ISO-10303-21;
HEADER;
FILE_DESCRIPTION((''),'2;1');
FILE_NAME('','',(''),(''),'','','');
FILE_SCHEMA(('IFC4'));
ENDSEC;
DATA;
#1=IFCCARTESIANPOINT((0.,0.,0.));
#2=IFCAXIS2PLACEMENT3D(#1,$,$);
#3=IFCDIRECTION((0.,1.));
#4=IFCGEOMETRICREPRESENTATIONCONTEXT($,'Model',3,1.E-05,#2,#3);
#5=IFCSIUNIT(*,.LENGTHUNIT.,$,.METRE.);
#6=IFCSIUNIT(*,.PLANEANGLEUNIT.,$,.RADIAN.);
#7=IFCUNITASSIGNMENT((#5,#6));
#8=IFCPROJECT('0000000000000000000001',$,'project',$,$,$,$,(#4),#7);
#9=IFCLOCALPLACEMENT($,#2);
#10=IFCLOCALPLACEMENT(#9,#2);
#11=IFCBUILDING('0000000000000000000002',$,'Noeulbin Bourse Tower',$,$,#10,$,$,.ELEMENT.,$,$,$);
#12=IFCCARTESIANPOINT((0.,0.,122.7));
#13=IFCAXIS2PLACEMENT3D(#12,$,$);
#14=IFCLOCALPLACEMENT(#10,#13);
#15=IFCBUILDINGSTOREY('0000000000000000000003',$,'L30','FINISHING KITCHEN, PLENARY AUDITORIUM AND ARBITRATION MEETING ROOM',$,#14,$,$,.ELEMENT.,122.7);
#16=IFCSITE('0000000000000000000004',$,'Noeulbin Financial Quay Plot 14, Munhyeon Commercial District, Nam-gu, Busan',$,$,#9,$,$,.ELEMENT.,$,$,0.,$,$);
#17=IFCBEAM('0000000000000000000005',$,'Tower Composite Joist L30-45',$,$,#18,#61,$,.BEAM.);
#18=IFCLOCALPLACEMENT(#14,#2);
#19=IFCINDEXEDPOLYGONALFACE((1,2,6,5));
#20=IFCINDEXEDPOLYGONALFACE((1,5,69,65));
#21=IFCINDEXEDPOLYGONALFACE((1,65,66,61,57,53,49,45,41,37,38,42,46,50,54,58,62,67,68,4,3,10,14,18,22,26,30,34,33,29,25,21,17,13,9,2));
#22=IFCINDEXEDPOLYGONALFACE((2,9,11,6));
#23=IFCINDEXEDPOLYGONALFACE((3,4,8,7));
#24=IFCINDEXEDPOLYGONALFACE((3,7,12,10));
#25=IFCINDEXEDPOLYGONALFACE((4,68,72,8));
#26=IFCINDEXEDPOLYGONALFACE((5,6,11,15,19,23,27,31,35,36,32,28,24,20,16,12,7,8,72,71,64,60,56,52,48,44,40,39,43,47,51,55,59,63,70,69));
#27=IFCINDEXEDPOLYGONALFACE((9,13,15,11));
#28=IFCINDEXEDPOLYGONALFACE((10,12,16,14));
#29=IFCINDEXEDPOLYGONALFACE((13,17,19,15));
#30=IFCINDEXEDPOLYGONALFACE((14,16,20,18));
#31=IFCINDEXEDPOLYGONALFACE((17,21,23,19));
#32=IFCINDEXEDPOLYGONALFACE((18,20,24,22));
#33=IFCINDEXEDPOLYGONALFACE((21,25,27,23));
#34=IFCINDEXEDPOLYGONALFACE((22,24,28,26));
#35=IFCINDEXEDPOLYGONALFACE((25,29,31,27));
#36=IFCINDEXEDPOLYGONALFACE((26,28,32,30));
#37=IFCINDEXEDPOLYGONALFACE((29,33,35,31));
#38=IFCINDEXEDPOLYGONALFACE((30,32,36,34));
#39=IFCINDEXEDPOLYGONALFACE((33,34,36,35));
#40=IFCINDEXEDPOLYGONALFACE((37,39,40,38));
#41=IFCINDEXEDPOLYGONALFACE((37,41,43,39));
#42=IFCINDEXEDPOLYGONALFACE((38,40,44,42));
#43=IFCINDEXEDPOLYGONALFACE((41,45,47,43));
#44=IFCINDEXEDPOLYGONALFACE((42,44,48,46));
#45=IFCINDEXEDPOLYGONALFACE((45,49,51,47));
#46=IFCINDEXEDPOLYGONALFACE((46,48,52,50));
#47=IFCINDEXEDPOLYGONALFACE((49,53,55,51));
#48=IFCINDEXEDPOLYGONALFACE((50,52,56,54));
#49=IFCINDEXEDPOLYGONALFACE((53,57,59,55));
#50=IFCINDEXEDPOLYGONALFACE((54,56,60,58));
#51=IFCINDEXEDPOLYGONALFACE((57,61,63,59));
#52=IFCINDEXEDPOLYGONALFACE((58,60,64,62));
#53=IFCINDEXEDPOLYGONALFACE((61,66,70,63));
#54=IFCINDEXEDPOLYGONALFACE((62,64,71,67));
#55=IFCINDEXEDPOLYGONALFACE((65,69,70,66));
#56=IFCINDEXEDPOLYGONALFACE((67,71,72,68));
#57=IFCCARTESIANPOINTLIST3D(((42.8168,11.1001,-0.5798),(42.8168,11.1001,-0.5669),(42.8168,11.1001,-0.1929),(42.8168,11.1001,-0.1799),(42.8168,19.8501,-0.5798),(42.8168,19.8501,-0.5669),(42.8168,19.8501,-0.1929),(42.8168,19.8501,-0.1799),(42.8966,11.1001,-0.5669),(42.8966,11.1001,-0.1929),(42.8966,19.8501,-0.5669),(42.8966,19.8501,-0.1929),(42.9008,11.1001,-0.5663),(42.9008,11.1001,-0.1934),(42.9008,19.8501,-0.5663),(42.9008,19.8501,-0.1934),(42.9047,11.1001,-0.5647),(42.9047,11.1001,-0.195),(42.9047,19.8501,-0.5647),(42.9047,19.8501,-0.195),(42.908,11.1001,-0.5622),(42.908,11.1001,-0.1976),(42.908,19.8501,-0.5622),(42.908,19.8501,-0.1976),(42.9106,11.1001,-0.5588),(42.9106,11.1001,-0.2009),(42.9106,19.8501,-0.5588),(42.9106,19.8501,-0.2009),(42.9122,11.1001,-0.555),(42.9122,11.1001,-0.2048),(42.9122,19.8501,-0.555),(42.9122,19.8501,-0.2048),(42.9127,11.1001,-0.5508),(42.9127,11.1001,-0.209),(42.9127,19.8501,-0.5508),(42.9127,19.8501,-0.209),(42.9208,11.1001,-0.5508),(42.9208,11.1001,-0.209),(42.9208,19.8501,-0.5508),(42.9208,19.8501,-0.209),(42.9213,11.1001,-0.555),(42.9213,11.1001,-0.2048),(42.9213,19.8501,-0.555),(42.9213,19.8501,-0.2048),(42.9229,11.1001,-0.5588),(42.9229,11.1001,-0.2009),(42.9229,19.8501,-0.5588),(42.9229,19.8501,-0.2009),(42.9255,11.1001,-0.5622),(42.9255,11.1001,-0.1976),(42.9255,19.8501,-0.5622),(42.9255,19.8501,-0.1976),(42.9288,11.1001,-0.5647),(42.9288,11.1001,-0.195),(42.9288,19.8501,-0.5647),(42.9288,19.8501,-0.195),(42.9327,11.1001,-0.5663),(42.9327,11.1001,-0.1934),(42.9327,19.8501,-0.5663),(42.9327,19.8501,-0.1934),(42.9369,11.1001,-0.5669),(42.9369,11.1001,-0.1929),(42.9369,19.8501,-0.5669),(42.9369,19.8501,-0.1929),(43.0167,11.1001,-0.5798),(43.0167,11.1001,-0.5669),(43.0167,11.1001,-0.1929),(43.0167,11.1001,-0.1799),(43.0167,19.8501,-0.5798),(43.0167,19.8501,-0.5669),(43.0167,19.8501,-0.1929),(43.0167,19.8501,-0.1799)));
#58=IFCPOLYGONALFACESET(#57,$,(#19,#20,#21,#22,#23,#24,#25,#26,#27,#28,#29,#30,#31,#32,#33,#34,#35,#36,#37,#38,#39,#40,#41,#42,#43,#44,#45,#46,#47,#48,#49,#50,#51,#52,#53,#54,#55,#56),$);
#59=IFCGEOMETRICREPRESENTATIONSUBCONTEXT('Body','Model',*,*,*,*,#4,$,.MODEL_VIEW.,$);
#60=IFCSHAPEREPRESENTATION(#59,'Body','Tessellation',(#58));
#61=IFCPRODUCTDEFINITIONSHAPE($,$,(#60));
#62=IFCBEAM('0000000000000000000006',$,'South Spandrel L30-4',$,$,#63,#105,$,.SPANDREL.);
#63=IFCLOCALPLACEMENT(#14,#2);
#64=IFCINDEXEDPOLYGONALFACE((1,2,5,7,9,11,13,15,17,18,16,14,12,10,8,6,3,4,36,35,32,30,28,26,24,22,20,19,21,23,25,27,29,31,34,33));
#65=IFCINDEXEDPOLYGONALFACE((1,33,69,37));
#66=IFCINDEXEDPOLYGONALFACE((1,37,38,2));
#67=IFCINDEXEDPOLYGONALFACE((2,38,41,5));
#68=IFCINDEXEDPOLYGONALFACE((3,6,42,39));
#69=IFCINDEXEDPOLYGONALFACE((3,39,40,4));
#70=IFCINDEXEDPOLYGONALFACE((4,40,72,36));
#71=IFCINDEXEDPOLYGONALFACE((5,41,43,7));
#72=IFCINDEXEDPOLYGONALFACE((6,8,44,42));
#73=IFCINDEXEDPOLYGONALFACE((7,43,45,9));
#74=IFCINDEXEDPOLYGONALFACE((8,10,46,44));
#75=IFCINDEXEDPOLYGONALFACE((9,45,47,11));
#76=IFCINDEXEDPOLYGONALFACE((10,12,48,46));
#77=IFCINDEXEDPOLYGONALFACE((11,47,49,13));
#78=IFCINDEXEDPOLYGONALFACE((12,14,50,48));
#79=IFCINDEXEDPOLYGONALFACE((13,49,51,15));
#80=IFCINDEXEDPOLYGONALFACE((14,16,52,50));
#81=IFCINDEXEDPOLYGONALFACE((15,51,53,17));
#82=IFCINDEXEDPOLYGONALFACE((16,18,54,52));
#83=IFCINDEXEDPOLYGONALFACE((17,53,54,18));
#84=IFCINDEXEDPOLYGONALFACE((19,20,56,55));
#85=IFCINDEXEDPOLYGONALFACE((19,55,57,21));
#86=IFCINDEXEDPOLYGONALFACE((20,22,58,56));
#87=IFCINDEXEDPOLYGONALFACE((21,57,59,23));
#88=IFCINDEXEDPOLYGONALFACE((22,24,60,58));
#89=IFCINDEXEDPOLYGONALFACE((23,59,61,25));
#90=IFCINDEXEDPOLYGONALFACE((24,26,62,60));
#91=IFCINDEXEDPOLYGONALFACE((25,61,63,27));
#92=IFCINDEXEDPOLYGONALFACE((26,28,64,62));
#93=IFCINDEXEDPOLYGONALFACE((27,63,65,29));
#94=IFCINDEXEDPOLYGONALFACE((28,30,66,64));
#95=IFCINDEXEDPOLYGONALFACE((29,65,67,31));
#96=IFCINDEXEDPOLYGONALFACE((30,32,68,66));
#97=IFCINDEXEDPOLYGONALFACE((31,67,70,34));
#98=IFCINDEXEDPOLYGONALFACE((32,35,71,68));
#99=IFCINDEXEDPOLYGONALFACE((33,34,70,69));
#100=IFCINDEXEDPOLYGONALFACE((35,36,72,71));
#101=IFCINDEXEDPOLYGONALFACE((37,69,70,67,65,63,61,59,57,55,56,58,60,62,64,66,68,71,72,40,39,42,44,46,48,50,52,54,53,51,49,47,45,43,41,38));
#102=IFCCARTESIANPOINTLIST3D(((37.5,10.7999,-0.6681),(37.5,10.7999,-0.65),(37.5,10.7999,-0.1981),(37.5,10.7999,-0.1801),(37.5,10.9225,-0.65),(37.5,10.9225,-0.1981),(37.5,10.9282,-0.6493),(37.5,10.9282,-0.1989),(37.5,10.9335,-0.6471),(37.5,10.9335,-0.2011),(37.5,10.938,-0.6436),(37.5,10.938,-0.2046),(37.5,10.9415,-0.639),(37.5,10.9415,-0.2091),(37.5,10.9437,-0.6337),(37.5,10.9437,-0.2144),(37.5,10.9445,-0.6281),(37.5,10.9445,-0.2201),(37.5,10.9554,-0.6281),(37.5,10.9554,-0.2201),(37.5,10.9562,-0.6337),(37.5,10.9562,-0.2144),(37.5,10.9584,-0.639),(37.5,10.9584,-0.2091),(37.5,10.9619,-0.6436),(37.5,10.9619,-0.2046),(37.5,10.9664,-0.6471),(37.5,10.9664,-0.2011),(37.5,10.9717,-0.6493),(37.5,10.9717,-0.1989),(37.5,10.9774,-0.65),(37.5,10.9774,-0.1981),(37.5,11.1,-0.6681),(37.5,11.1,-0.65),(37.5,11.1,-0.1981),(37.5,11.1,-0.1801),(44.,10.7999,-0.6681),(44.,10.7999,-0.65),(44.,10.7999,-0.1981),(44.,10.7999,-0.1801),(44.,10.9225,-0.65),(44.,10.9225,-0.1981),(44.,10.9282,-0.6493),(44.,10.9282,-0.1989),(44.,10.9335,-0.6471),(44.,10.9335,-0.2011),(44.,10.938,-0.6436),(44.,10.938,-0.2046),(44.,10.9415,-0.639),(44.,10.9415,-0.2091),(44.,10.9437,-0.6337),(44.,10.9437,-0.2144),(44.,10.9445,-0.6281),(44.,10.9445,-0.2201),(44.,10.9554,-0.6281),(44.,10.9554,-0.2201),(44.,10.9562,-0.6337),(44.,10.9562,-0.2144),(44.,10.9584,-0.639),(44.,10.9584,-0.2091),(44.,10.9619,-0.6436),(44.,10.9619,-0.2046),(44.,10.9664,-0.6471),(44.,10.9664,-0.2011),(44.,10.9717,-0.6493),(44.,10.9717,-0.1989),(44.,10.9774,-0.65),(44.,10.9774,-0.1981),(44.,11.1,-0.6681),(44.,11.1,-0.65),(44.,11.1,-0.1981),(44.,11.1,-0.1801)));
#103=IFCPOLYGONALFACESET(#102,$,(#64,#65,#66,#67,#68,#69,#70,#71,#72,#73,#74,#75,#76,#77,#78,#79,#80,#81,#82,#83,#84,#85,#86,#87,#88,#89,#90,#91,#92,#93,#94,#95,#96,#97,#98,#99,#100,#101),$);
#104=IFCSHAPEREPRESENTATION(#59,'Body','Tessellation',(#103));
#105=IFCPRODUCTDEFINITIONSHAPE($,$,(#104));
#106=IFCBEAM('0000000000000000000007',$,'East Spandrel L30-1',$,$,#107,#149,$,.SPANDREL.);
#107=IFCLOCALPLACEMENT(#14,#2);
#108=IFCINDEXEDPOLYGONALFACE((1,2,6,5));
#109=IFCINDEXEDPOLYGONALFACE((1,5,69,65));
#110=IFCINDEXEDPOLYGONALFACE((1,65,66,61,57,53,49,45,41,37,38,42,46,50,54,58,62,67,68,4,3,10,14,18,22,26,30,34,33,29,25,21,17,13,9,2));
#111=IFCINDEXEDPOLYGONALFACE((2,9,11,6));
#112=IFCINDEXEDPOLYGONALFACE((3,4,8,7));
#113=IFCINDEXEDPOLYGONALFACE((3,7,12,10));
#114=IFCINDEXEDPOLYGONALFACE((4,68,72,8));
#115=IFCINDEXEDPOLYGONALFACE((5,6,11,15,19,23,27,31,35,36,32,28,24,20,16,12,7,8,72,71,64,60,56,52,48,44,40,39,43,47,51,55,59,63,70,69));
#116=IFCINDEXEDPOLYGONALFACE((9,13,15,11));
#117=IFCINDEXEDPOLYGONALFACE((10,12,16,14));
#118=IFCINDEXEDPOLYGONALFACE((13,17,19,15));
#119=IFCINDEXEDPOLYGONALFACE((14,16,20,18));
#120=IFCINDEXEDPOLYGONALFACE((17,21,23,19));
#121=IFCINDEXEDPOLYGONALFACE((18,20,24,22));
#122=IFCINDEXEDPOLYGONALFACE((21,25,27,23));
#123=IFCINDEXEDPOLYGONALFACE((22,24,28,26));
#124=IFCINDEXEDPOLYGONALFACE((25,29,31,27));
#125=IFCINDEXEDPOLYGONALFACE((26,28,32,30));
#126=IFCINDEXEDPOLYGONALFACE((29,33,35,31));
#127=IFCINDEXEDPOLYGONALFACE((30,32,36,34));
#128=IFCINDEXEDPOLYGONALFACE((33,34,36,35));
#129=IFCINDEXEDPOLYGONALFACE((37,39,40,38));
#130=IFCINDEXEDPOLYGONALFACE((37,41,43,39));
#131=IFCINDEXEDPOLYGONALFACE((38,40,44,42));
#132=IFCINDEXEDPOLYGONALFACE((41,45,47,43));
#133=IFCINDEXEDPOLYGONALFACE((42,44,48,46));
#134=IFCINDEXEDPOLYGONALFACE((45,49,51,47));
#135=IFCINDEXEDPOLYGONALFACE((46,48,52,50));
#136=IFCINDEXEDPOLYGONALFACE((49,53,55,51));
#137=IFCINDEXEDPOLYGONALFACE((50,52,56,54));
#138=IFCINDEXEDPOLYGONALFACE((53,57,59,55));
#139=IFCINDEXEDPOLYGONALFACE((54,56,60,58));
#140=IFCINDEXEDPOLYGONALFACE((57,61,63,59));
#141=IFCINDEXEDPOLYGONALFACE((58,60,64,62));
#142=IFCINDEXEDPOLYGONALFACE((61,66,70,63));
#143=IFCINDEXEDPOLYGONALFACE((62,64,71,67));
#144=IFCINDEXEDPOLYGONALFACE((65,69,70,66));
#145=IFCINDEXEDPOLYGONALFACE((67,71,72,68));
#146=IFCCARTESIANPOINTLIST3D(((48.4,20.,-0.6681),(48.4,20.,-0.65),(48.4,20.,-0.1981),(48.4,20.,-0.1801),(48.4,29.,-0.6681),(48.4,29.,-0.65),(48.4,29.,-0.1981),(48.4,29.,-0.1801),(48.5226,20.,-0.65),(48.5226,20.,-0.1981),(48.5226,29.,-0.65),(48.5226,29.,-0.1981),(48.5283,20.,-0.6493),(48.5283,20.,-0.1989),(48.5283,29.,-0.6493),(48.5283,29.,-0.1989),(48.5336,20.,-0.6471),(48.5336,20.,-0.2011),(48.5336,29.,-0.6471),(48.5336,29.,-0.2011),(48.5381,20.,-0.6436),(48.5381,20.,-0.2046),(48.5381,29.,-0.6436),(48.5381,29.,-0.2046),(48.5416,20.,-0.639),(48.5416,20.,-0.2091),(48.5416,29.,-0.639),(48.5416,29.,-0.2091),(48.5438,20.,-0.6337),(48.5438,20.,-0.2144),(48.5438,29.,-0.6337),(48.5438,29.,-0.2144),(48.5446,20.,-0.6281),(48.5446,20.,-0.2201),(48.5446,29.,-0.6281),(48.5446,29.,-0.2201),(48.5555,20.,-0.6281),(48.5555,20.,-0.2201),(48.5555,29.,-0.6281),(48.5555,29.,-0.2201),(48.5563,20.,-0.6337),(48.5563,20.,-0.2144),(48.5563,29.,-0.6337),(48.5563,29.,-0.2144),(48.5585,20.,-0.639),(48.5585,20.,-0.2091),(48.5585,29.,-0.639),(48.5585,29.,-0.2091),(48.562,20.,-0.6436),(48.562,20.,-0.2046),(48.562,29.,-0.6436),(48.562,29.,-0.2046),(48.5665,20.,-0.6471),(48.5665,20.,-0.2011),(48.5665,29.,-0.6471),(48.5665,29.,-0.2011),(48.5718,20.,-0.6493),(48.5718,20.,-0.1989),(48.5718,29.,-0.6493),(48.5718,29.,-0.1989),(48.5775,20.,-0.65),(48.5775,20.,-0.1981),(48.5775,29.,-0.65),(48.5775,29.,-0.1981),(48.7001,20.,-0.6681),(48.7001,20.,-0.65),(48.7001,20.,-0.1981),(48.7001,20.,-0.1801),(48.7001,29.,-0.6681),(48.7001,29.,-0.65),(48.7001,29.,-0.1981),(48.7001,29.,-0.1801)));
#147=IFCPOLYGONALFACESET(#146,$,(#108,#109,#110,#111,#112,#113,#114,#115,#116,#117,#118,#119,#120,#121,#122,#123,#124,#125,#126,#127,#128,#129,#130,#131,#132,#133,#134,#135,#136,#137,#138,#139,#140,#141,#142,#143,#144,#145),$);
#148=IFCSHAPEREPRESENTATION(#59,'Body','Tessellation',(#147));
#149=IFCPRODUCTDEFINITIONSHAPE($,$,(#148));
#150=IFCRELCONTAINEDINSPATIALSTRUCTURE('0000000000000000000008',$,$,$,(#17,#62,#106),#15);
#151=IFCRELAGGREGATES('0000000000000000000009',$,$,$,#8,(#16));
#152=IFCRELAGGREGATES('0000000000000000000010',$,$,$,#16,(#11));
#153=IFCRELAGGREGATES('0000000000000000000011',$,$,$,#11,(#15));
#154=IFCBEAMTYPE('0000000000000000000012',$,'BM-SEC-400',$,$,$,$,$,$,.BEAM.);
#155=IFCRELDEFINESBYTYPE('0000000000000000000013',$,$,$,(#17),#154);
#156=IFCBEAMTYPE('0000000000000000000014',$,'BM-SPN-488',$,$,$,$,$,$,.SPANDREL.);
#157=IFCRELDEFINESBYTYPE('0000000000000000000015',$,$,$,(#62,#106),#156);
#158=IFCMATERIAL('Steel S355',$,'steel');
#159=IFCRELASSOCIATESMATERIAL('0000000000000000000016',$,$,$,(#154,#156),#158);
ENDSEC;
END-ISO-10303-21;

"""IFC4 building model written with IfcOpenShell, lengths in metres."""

from ifc_helpers import new_model, si_unit, direction, frame, origin, origin_2d, place, context, subcontext, project, spatial, i_section, extrude, material, material_profile, profile_set, type_object, element, save


model = new_model("IFC4")

# Units and contexts
model_context = context("Model", 3, precision=1e-05, world=origin(), true_north=direction((0.0, 1.0)))
body_context = subcontext(model_context, "Body", "Model", "MODEL_VIEW")
ifc_project = project(units=[si_unit("LENGTHUNIT", "METRE"), si_unit("PLANEANGLEUNIT", "RADIAN")], contexts=[model_context])

# Site, building, storey
site_placement = place(None, origin())
site = spatial("IfcSite", under=ifc_project, at=site_placement, Name="Noeulbin Financial Quay Plot 14, Munhyeon Commercial District, Nam-gu, Busan", CompositionType="ELEMENT", RefElevation=0.0)
building_placement = place(site_placement, origin())
building = spatial("IfcBuilding", under=site, at=building_placement, Name="Noeulbin Bourse Tower", CompositionType="ELEMENT")
storey_placement = place(building_placement, frame((0.0, 0.0, 122.7)))
storey = spatial("IfcBuildingStorey", under=building, at=storey_placement, Name="L30", Description="FINISHING KITCHEN, PLENARY AUDITORIUM AND ARBITRATION MEETING ROOM", CompositionType="ELEMENT", Elevation=122.7)

# Shared definitions
ifc_material_1 = material(Name="Steel S355", Category="steel")

# Beams
ifc_material_profile_1 = material_profile(ifc_material_1, i_section(OverallWidth=0.2, OverallDepth=0.3999, WebThickness=0.0081, FlangeThickness=0.0129, FilletRadius=0.0161, at=origin_2d()), Name="H-400x200x8x13", Category="LoadBearing")
ifc_profile_set_1 = profile_set([ifc_material_profile_1], Name="Steel S355")
beam_type_1 = type_object("IfcBeamType", Name="BM-SEC-400", PredefinedType="BEAM", material=ifc_profile_set_1)
for number, where, z_axis, x_axis, name in (
    (1, (42.9167, 11.1001, -0.3799), (0.0, 1.0, 0.0), (-1.0, 0.0, 0.0), "Tower Composite Joist L30-45"),
):
    element("IfcBeam", number, at=place(storey_placement, frame(where, z_axis=z_axis, x_axis=x_axis)), inside=storey, type_object=beam_type_1, Name=name, PredefinedType="BEAM", context=body_context, shape_type="SweptSolid", body=[
        extrude(i_section(OverallWidth=0.2, OverallDepth=0.3999, WebThickness=0.0081, FlangeThickness=0.0129, FilletRadius=0.0161, at=origin_2d()), origin(), (0.0, 0.0, 1.0), 8.75),
    ])
ifc_material_profile_2 = material_profile(ifc_material_1, i_section(OverallWidth=0.3, OverallDepth=0.488, WebThickness=0.011, FlangeThickness=0.0181, FilletRadius=0.022, at=origin_2d()), Name="H-488x300x11x18", Category="LoadBearing")
ifc_profile_set_2 = profile_set([ifc_material_profile_2], Name="Steel S355")
beam_type_2 = type_object("IfcBeamType", Name="BM-SPN-488", PredefinedType="SPANDREL", material=ifc_profile_set_2)
beam_1_placement = place(storey_placement, frame((37.5, 10.95, -0.4241), z_axis=(1.0, 0.0, 0.0), x_axis=(0.0, 1.0, 0.0)))
element("IfcBeam", 2, at=beam_1_placement, inside=storey, type_object=beam_type_2, Name="South Spandrel L30-4", PredefinedType="SPANDREL", context=body_context, shape_type="SweptSolid", body=[
    extrude(i_section(OverallWidth=0.3, OverallDepth=0.488, WebThickness=0.011, FlangeThickness=0.0181, FilletRadius=0.022, at=origin_2d()), origin(), (0.0, 0.0, 1.0), 6.5),
])
beam_2_placement = place(storey_placement, frame((48.55, 20.0, -0.4241), z_axis=(0.0, 1.0, 0.0), x_axis=(-1.0, 0.0, 0.0)))
element("IfcBeam", 3, at=beam_2_placement, inside=storey, type_object=beam_type_2, Name="East Spandrel L30-1", PredefinedType="SPANDREL", context=body_context, shape_type="SweptSolid", body=[
    extrude(i_section(OverallWidth=0.3, OverallDepth=0.488, WebThickness=0.011, FlangeThickness=0.0181, FilletRadius=0.022, at=origin_2d()), origin(), (0.0, 0.0, 1.0), 9.0),
])

save(model, "model.ifc")
